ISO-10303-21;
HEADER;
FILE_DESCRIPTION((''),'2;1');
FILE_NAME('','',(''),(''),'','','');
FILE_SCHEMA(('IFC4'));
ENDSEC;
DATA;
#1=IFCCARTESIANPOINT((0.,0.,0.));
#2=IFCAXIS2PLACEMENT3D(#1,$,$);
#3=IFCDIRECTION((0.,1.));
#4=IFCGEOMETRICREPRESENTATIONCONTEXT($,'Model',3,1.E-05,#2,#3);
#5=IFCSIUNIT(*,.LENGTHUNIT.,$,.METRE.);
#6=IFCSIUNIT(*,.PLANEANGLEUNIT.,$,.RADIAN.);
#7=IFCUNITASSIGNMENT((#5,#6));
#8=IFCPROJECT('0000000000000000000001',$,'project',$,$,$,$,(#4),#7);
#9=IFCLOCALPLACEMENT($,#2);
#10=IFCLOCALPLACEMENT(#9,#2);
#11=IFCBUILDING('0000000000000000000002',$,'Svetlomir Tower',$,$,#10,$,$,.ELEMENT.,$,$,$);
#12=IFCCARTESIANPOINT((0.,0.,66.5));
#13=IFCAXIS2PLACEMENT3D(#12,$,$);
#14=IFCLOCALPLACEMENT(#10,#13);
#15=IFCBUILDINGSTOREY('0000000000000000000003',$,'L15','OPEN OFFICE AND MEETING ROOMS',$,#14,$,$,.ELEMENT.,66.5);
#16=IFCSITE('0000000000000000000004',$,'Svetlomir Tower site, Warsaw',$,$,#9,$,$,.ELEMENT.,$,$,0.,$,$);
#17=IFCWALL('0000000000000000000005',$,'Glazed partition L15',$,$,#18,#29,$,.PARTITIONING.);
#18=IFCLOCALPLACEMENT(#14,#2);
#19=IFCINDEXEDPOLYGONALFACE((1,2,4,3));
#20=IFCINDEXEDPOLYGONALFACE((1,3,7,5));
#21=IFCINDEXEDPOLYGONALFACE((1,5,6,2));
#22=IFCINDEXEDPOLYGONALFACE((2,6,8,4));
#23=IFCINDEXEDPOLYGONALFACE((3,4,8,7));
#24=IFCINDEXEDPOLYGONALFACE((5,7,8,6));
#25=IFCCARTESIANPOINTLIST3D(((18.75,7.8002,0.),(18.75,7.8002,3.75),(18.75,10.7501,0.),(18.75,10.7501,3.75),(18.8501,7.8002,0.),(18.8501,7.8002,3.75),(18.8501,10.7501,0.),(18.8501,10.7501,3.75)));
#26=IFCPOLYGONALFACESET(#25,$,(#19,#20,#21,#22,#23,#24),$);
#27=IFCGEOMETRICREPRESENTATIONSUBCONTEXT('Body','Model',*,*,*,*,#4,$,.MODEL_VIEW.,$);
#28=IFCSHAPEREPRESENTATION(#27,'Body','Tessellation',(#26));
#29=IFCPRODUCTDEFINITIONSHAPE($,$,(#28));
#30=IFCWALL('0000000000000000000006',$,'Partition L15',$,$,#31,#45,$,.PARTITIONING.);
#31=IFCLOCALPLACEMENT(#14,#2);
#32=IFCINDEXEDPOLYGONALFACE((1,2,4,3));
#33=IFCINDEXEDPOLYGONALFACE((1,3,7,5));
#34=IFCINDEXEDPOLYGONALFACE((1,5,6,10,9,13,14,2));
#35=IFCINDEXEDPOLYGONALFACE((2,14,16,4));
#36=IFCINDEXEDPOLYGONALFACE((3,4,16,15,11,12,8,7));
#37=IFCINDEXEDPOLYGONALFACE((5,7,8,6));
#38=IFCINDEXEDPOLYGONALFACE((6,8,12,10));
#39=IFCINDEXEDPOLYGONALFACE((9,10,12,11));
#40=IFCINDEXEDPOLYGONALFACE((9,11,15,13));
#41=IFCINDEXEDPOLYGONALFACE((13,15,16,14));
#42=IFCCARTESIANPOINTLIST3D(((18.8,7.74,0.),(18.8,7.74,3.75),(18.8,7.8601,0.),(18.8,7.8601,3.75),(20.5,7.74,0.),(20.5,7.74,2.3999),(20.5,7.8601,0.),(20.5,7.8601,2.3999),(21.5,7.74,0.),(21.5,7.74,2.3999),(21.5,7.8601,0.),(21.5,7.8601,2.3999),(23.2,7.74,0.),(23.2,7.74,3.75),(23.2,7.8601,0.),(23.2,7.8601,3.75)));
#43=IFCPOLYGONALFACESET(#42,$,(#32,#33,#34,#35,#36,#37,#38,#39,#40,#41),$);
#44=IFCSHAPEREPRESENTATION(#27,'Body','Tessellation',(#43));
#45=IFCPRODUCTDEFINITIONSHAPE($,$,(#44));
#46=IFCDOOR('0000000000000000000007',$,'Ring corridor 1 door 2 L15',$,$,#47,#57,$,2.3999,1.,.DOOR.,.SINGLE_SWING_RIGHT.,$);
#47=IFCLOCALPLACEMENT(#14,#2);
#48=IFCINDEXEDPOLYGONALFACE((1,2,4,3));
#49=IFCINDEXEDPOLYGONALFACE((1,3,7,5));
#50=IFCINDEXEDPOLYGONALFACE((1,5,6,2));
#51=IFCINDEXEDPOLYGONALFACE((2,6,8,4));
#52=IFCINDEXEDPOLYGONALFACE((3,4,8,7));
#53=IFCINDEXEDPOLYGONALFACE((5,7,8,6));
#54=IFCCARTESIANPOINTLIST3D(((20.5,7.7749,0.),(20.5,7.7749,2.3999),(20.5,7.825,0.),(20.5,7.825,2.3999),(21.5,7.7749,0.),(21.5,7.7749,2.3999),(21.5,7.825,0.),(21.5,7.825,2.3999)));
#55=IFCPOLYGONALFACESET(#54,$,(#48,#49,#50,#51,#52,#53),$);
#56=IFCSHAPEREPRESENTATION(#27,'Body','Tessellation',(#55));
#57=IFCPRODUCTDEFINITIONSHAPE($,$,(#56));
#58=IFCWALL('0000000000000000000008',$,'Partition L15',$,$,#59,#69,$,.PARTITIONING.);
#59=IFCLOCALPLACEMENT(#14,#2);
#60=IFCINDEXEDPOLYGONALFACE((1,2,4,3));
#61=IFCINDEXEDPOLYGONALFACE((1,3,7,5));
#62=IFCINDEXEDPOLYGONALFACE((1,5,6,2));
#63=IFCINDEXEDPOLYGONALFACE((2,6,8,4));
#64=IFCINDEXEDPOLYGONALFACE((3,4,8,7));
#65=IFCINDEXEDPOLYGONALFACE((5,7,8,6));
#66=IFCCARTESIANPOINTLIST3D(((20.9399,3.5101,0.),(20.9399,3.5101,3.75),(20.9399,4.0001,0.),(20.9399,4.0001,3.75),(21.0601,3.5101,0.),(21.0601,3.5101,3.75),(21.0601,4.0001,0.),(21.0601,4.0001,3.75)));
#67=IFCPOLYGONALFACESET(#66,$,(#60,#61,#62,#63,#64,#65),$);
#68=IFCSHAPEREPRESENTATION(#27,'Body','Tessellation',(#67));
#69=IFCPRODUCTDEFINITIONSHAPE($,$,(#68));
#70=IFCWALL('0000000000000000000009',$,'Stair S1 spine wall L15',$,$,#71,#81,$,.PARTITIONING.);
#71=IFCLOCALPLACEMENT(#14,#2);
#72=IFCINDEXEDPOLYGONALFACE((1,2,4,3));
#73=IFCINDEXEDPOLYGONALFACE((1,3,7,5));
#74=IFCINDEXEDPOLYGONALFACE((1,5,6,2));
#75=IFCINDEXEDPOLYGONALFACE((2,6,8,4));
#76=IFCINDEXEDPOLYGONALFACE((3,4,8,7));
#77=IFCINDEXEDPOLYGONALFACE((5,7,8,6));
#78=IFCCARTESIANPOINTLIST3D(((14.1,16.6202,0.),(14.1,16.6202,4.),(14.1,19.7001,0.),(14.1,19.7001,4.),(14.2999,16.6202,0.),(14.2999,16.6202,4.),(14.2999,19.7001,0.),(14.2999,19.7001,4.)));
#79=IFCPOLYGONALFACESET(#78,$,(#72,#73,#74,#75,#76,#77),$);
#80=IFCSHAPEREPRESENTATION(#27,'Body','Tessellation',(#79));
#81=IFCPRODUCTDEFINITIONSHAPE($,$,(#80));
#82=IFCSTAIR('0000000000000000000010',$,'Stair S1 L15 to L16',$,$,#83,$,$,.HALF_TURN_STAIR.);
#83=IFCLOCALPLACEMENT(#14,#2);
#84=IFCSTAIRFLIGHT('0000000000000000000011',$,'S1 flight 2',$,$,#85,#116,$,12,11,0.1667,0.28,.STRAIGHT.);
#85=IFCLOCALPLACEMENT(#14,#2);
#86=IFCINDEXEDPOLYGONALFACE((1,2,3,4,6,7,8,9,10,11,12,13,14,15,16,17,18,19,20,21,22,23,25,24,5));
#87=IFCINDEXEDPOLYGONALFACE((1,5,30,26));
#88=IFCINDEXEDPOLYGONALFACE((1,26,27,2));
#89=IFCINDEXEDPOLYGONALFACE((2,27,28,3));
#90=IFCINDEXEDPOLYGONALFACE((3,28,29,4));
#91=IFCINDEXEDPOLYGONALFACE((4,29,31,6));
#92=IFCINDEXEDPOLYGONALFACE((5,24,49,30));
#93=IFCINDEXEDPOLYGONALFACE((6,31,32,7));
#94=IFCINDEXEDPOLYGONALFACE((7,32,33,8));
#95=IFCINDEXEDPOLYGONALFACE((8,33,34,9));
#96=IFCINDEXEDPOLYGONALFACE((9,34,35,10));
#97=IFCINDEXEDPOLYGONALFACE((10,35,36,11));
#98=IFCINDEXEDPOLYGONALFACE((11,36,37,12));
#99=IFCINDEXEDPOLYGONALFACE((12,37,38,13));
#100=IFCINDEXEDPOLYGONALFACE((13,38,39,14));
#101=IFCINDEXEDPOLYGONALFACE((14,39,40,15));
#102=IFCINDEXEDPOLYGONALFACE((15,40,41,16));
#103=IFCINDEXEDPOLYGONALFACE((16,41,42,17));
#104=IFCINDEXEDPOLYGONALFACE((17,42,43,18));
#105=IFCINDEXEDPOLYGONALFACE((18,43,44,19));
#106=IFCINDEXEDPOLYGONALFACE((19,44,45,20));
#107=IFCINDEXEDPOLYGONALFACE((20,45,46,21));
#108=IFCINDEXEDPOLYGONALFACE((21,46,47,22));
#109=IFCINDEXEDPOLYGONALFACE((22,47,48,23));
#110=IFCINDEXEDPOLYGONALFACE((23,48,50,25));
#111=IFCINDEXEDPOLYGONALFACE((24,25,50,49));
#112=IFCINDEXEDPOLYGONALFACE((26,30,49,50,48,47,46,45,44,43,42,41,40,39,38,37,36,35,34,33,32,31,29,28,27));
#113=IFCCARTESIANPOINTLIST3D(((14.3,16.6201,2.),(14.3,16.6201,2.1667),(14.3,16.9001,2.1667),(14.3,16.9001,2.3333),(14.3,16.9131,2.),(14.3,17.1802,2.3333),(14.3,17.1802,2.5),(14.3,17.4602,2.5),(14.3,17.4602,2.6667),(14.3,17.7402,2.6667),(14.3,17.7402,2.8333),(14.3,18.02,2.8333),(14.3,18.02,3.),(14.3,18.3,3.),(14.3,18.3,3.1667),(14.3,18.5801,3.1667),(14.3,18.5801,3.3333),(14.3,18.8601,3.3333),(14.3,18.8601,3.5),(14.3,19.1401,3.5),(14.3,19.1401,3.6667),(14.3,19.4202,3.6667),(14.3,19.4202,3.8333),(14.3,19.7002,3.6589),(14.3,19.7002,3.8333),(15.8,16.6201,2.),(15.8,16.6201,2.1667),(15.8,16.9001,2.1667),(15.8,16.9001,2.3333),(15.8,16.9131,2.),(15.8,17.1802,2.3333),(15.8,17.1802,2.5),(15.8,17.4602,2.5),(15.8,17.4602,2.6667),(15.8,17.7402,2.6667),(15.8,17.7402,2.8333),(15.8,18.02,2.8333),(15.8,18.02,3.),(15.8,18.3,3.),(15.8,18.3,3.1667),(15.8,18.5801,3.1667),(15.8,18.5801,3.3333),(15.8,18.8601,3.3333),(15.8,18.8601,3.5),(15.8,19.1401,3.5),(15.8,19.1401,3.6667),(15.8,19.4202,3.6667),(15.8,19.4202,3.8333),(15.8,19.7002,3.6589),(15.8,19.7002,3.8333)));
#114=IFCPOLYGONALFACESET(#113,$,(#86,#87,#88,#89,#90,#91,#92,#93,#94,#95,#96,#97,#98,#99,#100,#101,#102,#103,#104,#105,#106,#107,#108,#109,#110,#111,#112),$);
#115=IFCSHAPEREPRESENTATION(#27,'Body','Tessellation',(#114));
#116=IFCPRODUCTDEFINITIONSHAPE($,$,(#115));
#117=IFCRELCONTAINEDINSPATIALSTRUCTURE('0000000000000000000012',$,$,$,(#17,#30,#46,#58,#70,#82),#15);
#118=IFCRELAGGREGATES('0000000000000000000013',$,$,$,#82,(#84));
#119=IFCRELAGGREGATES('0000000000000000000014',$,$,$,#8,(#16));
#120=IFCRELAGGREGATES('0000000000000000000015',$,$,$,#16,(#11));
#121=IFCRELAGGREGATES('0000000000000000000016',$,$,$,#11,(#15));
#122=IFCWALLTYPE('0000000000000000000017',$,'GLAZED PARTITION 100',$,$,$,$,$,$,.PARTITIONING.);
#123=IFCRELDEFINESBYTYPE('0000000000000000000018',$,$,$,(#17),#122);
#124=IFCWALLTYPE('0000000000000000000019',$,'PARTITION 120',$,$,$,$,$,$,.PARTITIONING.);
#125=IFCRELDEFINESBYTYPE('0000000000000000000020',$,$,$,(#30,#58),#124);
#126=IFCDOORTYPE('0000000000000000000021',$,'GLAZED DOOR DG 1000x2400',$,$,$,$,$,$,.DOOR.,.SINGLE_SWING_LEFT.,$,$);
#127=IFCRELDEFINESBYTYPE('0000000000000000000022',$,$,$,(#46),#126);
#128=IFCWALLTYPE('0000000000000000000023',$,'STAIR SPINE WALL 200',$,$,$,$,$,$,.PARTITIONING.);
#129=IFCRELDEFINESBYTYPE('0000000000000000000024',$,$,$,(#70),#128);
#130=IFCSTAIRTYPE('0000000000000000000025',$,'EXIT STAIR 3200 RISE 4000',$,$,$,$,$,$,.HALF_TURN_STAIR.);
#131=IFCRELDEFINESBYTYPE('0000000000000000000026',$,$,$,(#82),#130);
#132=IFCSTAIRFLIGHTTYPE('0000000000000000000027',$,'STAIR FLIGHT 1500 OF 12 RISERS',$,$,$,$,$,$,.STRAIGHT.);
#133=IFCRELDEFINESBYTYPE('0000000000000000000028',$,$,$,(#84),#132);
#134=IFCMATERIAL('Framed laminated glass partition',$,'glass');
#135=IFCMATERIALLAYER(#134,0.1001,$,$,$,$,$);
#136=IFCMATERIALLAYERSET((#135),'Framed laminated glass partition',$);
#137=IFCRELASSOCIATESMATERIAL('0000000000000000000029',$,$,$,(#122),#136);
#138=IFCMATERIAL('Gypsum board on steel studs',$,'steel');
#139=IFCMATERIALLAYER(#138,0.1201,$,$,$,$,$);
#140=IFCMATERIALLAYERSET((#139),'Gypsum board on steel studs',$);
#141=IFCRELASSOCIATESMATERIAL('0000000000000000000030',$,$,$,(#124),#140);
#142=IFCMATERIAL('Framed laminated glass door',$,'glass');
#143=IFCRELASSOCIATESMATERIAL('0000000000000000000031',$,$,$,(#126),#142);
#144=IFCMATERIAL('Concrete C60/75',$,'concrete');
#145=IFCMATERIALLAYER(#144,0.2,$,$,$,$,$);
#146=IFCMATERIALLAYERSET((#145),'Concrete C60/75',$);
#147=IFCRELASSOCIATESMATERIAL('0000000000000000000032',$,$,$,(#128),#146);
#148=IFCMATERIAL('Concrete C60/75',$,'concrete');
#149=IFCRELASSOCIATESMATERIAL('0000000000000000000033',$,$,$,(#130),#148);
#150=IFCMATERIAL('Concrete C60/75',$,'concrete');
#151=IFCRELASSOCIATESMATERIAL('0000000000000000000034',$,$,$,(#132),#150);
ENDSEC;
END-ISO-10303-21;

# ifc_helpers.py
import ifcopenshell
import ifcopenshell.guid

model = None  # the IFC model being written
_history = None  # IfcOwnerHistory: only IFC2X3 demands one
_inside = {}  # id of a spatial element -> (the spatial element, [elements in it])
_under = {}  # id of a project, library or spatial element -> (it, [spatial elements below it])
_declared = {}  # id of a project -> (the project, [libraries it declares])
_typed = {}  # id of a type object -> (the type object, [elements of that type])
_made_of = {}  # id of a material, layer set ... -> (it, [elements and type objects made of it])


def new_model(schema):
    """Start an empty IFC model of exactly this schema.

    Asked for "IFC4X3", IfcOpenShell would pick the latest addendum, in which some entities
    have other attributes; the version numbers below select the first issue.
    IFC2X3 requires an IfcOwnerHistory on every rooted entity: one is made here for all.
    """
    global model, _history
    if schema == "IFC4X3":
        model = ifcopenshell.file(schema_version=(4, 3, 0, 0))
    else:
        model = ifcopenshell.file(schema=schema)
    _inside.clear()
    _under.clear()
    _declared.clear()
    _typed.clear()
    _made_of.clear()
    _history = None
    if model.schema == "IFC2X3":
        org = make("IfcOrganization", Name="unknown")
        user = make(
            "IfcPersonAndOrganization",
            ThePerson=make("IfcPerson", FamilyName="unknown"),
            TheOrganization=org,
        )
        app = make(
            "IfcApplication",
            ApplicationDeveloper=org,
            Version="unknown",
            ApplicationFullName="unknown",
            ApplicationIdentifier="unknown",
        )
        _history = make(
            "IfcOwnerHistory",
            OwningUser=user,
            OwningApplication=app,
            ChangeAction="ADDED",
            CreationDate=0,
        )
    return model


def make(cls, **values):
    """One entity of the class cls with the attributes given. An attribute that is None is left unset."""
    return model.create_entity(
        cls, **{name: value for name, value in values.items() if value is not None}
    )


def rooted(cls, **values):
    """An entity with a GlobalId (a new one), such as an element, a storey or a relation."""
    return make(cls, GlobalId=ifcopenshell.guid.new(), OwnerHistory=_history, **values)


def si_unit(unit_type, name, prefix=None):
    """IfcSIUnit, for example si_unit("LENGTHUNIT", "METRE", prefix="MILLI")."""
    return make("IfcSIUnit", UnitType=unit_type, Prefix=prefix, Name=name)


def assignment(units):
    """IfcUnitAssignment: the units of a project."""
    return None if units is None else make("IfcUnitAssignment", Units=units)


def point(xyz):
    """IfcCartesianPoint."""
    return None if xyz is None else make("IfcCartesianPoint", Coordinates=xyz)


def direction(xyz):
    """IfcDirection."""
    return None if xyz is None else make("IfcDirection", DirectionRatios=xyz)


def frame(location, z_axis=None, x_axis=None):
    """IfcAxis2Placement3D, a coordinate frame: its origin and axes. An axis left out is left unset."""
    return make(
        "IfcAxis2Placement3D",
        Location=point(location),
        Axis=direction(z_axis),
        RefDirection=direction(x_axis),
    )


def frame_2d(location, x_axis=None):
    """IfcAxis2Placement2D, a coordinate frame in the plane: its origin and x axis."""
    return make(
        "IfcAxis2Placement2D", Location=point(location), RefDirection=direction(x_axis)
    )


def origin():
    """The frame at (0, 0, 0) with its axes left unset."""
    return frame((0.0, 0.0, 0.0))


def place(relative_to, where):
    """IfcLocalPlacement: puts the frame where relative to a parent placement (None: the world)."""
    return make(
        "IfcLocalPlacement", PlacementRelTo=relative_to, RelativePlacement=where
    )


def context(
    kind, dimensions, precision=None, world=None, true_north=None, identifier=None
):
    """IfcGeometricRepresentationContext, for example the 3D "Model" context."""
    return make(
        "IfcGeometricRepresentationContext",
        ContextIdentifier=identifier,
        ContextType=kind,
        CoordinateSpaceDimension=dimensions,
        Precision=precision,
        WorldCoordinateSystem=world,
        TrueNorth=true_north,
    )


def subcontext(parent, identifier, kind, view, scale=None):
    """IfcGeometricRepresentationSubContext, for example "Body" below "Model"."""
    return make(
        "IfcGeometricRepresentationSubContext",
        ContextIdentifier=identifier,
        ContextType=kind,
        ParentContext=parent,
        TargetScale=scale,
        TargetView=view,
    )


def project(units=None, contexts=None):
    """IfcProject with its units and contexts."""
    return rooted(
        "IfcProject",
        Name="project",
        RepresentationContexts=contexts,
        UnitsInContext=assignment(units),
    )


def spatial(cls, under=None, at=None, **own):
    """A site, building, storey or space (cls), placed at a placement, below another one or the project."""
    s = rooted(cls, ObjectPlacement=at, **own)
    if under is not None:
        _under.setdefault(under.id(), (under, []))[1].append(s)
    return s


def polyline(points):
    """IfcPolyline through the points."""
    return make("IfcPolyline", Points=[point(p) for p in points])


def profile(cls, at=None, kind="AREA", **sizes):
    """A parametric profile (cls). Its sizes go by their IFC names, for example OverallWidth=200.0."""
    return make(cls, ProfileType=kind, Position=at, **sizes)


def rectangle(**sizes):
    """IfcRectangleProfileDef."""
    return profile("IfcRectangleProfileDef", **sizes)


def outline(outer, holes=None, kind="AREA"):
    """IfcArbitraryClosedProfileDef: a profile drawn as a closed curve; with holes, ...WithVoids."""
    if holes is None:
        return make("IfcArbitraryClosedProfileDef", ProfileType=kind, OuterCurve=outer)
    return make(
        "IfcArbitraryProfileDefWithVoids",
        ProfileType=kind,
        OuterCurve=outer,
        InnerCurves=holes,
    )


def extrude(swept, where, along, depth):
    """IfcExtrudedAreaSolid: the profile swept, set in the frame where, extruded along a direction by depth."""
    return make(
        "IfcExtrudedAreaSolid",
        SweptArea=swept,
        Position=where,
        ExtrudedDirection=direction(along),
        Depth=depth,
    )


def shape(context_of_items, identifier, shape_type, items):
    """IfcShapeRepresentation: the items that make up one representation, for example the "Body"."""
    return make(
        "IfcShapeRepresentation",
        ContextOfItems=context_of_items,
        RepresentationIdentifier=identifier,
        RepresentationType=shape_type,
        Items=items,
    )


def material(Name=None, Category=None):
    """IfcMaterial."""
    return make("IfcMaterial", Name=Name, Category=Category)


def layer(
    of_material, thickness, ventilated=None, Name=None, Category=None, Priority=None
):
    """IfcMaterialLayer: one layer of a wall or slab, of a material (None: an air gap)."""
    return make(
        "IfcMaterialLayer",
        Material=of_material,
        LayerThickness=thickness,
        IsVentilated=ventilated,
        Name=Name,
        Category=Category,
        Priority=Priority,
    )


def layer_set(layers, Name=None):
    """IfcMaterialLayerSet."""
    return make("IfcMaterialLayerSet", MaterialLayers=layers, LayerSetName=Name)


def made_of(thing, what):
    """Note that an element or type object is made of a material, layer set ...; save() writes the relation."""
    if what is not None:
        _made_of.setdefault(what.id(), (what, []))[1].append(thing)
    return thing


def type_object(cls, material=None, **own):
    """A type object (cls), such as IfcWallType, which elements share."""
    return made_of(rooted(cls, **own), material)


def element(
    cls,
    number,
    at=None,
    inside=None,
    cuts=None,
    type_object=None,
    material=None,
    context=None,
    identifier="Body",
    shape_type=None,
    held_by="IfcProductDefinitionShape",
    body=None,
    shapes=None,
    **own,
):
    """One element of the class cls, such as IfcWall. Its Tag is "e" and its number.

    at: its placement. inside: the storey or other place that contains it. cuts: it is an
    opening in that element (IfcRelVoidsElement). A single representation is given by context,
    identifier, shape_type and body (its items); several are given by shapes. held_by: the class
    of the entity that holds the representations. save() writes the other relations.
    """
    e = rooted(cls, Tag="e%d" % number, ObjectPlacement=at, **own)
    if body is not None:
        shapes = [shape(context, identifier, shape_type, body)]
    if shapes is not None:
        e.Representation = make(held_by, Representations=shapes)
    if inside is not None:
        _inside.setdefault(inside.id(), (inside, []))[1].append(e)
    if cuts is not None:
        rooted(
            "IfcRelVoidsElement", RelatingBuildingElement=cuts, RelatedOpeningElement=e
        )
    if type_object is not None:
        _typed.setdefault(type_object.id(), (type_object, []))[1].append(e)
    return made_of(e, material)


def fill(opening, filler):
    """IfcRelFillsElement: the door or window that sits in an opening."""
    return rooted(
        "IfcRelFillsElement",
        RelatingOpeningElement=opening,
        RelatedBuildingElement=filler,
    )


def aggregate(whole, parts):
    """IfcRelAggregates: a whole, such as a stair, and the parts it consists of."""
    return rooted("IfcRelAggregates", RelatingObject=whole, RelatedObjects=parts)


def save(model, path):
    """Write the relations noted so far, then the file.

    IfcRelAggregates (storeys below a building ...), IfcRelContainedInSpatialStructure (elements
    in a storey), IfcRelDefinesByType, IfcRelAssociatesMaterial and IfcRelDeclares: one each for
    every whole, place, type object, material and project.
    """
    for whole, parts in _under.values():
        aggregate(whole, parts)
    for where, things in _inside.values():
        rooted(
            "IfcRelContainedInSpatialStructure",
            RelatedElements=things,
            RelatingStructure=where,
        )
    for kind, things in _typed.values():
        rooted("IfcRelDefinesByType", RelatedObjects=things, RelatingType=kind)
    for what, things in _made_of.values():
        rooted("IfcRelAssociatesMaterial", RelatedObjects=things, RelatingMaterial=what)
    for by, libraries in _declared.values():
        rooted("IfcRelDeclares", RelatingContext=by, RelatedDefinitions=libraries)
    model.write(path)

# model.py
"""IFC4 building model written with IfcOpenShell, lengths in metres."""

from ifc_helpers import new_model, si_unit, direction, frame, frame_2d, origin, place, context, subcontext, project, spatial, polyline, rectangle, outline, extrude, material, layer, layer_set, type_object, element, fill, aggregate, save


model = new_model("IFC4")

# Units and contexts
model_context = context("Model", 3, precision=1e-05, world=origin(), true_north=direction((0.0, 1.0)))
body_context = subcontext(model_context, "Body", "Model", "MODEL_VIEW")
ifc_project = project(units=[si_unit("LENGTHUNIT", "METRE"), si_unit("PLANEANGLEUNIT", "RADIAN")], contexts=[model_context])

# Site, building, storey
site_placement = place(None, origin())
site = spatial("IfcSite", under=ifc_project, at=site_placement, Name="Svetlomir Tower site, Warsaw", CompositionType="ELEMENT", RefElevation=0.0)
building_placement = place(site_placement, origin())
building = spatial("IfcBuilding", under=site, at=building_placement, Name="Svetlomir Tower", CompositionType="ELEMENT")
storey_placement = place(building_placement, frame((0.0, 0.0, 66.5)))
storey = spatial("IfcBuildingStorey", under=building, at=storey_placement, Name="L15", Description="OPEN OFFICE AND MEETING ROOMS", CompositionType="ELEMENT", Elevation=66.5)

# Wall
ifc_material_1 = material(Name="Framed laminated glass partition", Category="glass")
ifc_layer_1 = layer(ifc_material_1, 0.1001)
ifc_layer_set_1 = layer_set([ifc_layer_1], Name="Framed laminated glass partition")
wall_type_1 = type_object("IfcWallType", Name="GLAZED PARTITION 100", PredefinedType="PARTITIONING", material=ifc_layer_set_1)
wall_1_placement = place(storey_placement, frame((18.8, 7.8, 0.0), z_axis=(0.0, 0.0, 1.0), x_axis=(0.0, 1.0, 0.0)))
element("IfcWall", 1, at=wall_1_placement, inside=storey, type_object=wall_type_1, Name="Glazed partition L15", PredefinedType="PARTITIONING", context=body_context, shape_type="SweptSolid", body=[
    extrude(rectangle(XDim=2.95, YDim=0.1001, at=frame_2d((1.4751, 0.0))), origin(), (0.0, 0.0, 1.0), 3.75),
])

# Wall, opening, door
ifc_material_2 = material(Name="Gypsum board on steel studs", Category="steel")
ifc_layer_2 = layer(ifc_material_2, 0.1201)
ifc_layer_set_2 = layer_set([ifc_layer_2], Name="Gypsum board on steel studs")
wall_type_2 = type_object("IfcWallType", Name="PARTITION 120", PredefinedType="PARTITIONING", material=ifc_layer_set_2)
ifc_material_3 = material(Name="Framed laminated glass door", Category="glass")
door_type_1 = type_object("IfcDoorType", Name="GLAZED DOOR DG 1000x2400", OperationType="SINGLE_SWING_LEFT", PredefinedType="DOOR", material=ifc_material_3)
wall_2_placement = place(storey_placement, frame((18.8, 7.8, 0.0), z_axis=(0.0, 0.0, 1.0), x_axis=(1.0, 0.0, 0.0)))
wall_2 = element("IfcWall", 2, at=wall_2_placement, inside=storey, type_object=wall_type_2, Name="Partition L15", PredefinedType="PARTITIONING", context=body_context, shape_type="SweptSolid", body=[
    extrude(rectangle(XDim=4.3999, YDim=0.1201, at=frame_2d((2.2, 0.0))), origin(), (0.0, 0.0, 1.0), 3.75),
])
opening_1_placement = place(wall_2_placement, frame((1.7, 0.0, 0.0)))
opening_1 = element("IfcOpeningElement", 3, at=opening_1_placement, cuts=wall_2, PredefinedType="OPENING", context=body_context, shape_type="SweptSolid", body=[
    extrude(rectangle(XDim=1.0, YDim=2.3999, at=frame_2d((0.5, 1.2))), frame((0.0, 0.0701, 0.0), z_axis=(0.0, -1.0, 0.0), x_axis=(1.0, 0.0, 0.0)), (0.0, 0.0, 1.0), 0.1401),
])
door_1_placement = place(opening_1_placement, origin())
door_1 = element("IfcDoor", 4, at=door_1_placement, inside=storey, type_object=door_type_1, Name="Ring corridor 1 door 2 L15", OperationType="SINGLE_SWING_RIGHT", OverallHeight=2.3999, OverallWidth=1.0, PredefinedType="DOOR", context=body_context, shape_type="SweptSolid", body=[
    extrude(rectangle(XDim=1.0, YDim=2.3999, at=frame_2d((0.5, 1.2))), frame((0.0, 0.0249, 0.0), z_axis=(0.0, -1.0, 0.0), x_axis=(1.0, 0.0, 0.0)), (0.0, 0.0, 1.0), 0.05),
])
fill(opening_1, door_1)

# Walls
wall_3_placement = place(storey_placement, frame((21.0, 3.51, 0.0), z_axis=(0.0, 0.0, 1.0), x_axis=(0.0, 1.0, 0.0)))
element("IfcWall", 5, at=wall_3_placement, inside=storey, type_object=wall_type_2, Name="Partition L15", PredefinedType="PARTITIONING", context=body_context, shape_type="SweptSolid", body=[
    extrude(rectangle(XDim=0.49, YDim=0.1201, at=frame_2d((0.2451, 0.0))), origin(), (0.0, 0.0, 1.0), 3.75),
])
ifc_material_4 = material(Name="Concrete C60/75", Category="concrete")
ifc_layer_3 = layer(ifc_material_4, 0.2)
ifc_layer_set_3 = layer_set([ifc_layer_3], Name="Concrete C60/75")
wall_type_3 = type_object("IfcWallType", Name="STAIR SPINE WALL 200", PredefinedType="PARTITIONING", material=ifc_layer_set_3)
wall_4_placement = place(storey_placement, frame((14.2, 16.6201, 0.0), z_axis=(0.0, 0.0, 1.0), x_axis=(0.0, 1.0, 0.0)))
element("IfcWall", 6, at=wall_4_placement, inside=storey, type_object=wall_type_3, Name="Stair S1 spine wall L15", PredefinedType="PARTITIONING", context=body_context, shape_type="SweptSolid", body=[
    extrude(rectangle(XDim=3.0798, YDim=0.2, at=frame_2d((1.54, 0.0))), origin(), (0.0, 0.0, 1.0), 4.0),
])

# Stair, stair flight
ifc_material_5 = material(Name="Concrete C60/75", Category="concrete")
stair_type = type_object("IfcStairType", Name="EXIT STAIR 3200 RISE 4000", PredefinedType="HALF_TURN_STAIR", material=ifc_material_5)
stair_placement = place(storey_placement, origin())
stair = element("IfcStair", 7, at=stair_placement, inside=storey, type_object=stair_type, Name="Stair S1 L15 to L16", PredefinedType="HALF_TURN_STAIR")
ifc_material_6 = material(Name="Concrete C60/75", Category="concrete")
stair_flight_type = type_object("IfcStairFlightType", Name="STAIR FLIGHT 1500 OF 12 RISERS", PredefinedType="STRAIGHT", material=ifc_material_6)
stair_flight_placement = place(storey_placement, frame((15.05, 16.6201, 2.0), z_axis=(0.0, 0.0, 1.0), x_axis=(0.0, 1.0, 0.0)))
stair_flight = element("IfcStairFlight", 8, at=stair_flight_placement, type_object=stair_flight_type, Name="S1 flight 2", NumberOfRisers=12, NumberOfTreads=11, PredefinedType="STRAIGHT", RiserHeight=0.1667, TreadLength=0.28, context=body_context, shape_type="SweptSolid", body=[
    extrude(outline(polyline([(0.0, 0.0), (0.0, 0.1667), (0.28, 0.1667), (0.28, 0.3333), (0.5601, 0.3333), (0.5601, 0.5), (0.8401, 0.5), (0.8401, 0.6667), (1.1201, 0.6667), (1.1201, 0.8333), (1.3999, 0.8333), (1.3999, 1.0), (1.6799, 1.0), (1.6799, 1.1667), (1.96, 1.1667), (1.96, 1.3333), (2.24, 1.3333), (2.24, 1.5), (2.52, 1.5), (2.52, 1.6667), (2.8, 1.6667), (2.8, 1.8333), (3.0801, 1.8333), (3.0801, 2.0), (3.0801, 1.6589), (0.293, 0.0), (0.0, 0.0)])), frame((0.0, 0.75, 0.0), z_axis=(0.0, -1.0, 0.0), x_axis=(1.0, 0.0, 0.0)), (0.0, 0.0, 1.0), 1.5),
])
aggregate(stair, [stair_flight])

save(model, "model.ifc")
